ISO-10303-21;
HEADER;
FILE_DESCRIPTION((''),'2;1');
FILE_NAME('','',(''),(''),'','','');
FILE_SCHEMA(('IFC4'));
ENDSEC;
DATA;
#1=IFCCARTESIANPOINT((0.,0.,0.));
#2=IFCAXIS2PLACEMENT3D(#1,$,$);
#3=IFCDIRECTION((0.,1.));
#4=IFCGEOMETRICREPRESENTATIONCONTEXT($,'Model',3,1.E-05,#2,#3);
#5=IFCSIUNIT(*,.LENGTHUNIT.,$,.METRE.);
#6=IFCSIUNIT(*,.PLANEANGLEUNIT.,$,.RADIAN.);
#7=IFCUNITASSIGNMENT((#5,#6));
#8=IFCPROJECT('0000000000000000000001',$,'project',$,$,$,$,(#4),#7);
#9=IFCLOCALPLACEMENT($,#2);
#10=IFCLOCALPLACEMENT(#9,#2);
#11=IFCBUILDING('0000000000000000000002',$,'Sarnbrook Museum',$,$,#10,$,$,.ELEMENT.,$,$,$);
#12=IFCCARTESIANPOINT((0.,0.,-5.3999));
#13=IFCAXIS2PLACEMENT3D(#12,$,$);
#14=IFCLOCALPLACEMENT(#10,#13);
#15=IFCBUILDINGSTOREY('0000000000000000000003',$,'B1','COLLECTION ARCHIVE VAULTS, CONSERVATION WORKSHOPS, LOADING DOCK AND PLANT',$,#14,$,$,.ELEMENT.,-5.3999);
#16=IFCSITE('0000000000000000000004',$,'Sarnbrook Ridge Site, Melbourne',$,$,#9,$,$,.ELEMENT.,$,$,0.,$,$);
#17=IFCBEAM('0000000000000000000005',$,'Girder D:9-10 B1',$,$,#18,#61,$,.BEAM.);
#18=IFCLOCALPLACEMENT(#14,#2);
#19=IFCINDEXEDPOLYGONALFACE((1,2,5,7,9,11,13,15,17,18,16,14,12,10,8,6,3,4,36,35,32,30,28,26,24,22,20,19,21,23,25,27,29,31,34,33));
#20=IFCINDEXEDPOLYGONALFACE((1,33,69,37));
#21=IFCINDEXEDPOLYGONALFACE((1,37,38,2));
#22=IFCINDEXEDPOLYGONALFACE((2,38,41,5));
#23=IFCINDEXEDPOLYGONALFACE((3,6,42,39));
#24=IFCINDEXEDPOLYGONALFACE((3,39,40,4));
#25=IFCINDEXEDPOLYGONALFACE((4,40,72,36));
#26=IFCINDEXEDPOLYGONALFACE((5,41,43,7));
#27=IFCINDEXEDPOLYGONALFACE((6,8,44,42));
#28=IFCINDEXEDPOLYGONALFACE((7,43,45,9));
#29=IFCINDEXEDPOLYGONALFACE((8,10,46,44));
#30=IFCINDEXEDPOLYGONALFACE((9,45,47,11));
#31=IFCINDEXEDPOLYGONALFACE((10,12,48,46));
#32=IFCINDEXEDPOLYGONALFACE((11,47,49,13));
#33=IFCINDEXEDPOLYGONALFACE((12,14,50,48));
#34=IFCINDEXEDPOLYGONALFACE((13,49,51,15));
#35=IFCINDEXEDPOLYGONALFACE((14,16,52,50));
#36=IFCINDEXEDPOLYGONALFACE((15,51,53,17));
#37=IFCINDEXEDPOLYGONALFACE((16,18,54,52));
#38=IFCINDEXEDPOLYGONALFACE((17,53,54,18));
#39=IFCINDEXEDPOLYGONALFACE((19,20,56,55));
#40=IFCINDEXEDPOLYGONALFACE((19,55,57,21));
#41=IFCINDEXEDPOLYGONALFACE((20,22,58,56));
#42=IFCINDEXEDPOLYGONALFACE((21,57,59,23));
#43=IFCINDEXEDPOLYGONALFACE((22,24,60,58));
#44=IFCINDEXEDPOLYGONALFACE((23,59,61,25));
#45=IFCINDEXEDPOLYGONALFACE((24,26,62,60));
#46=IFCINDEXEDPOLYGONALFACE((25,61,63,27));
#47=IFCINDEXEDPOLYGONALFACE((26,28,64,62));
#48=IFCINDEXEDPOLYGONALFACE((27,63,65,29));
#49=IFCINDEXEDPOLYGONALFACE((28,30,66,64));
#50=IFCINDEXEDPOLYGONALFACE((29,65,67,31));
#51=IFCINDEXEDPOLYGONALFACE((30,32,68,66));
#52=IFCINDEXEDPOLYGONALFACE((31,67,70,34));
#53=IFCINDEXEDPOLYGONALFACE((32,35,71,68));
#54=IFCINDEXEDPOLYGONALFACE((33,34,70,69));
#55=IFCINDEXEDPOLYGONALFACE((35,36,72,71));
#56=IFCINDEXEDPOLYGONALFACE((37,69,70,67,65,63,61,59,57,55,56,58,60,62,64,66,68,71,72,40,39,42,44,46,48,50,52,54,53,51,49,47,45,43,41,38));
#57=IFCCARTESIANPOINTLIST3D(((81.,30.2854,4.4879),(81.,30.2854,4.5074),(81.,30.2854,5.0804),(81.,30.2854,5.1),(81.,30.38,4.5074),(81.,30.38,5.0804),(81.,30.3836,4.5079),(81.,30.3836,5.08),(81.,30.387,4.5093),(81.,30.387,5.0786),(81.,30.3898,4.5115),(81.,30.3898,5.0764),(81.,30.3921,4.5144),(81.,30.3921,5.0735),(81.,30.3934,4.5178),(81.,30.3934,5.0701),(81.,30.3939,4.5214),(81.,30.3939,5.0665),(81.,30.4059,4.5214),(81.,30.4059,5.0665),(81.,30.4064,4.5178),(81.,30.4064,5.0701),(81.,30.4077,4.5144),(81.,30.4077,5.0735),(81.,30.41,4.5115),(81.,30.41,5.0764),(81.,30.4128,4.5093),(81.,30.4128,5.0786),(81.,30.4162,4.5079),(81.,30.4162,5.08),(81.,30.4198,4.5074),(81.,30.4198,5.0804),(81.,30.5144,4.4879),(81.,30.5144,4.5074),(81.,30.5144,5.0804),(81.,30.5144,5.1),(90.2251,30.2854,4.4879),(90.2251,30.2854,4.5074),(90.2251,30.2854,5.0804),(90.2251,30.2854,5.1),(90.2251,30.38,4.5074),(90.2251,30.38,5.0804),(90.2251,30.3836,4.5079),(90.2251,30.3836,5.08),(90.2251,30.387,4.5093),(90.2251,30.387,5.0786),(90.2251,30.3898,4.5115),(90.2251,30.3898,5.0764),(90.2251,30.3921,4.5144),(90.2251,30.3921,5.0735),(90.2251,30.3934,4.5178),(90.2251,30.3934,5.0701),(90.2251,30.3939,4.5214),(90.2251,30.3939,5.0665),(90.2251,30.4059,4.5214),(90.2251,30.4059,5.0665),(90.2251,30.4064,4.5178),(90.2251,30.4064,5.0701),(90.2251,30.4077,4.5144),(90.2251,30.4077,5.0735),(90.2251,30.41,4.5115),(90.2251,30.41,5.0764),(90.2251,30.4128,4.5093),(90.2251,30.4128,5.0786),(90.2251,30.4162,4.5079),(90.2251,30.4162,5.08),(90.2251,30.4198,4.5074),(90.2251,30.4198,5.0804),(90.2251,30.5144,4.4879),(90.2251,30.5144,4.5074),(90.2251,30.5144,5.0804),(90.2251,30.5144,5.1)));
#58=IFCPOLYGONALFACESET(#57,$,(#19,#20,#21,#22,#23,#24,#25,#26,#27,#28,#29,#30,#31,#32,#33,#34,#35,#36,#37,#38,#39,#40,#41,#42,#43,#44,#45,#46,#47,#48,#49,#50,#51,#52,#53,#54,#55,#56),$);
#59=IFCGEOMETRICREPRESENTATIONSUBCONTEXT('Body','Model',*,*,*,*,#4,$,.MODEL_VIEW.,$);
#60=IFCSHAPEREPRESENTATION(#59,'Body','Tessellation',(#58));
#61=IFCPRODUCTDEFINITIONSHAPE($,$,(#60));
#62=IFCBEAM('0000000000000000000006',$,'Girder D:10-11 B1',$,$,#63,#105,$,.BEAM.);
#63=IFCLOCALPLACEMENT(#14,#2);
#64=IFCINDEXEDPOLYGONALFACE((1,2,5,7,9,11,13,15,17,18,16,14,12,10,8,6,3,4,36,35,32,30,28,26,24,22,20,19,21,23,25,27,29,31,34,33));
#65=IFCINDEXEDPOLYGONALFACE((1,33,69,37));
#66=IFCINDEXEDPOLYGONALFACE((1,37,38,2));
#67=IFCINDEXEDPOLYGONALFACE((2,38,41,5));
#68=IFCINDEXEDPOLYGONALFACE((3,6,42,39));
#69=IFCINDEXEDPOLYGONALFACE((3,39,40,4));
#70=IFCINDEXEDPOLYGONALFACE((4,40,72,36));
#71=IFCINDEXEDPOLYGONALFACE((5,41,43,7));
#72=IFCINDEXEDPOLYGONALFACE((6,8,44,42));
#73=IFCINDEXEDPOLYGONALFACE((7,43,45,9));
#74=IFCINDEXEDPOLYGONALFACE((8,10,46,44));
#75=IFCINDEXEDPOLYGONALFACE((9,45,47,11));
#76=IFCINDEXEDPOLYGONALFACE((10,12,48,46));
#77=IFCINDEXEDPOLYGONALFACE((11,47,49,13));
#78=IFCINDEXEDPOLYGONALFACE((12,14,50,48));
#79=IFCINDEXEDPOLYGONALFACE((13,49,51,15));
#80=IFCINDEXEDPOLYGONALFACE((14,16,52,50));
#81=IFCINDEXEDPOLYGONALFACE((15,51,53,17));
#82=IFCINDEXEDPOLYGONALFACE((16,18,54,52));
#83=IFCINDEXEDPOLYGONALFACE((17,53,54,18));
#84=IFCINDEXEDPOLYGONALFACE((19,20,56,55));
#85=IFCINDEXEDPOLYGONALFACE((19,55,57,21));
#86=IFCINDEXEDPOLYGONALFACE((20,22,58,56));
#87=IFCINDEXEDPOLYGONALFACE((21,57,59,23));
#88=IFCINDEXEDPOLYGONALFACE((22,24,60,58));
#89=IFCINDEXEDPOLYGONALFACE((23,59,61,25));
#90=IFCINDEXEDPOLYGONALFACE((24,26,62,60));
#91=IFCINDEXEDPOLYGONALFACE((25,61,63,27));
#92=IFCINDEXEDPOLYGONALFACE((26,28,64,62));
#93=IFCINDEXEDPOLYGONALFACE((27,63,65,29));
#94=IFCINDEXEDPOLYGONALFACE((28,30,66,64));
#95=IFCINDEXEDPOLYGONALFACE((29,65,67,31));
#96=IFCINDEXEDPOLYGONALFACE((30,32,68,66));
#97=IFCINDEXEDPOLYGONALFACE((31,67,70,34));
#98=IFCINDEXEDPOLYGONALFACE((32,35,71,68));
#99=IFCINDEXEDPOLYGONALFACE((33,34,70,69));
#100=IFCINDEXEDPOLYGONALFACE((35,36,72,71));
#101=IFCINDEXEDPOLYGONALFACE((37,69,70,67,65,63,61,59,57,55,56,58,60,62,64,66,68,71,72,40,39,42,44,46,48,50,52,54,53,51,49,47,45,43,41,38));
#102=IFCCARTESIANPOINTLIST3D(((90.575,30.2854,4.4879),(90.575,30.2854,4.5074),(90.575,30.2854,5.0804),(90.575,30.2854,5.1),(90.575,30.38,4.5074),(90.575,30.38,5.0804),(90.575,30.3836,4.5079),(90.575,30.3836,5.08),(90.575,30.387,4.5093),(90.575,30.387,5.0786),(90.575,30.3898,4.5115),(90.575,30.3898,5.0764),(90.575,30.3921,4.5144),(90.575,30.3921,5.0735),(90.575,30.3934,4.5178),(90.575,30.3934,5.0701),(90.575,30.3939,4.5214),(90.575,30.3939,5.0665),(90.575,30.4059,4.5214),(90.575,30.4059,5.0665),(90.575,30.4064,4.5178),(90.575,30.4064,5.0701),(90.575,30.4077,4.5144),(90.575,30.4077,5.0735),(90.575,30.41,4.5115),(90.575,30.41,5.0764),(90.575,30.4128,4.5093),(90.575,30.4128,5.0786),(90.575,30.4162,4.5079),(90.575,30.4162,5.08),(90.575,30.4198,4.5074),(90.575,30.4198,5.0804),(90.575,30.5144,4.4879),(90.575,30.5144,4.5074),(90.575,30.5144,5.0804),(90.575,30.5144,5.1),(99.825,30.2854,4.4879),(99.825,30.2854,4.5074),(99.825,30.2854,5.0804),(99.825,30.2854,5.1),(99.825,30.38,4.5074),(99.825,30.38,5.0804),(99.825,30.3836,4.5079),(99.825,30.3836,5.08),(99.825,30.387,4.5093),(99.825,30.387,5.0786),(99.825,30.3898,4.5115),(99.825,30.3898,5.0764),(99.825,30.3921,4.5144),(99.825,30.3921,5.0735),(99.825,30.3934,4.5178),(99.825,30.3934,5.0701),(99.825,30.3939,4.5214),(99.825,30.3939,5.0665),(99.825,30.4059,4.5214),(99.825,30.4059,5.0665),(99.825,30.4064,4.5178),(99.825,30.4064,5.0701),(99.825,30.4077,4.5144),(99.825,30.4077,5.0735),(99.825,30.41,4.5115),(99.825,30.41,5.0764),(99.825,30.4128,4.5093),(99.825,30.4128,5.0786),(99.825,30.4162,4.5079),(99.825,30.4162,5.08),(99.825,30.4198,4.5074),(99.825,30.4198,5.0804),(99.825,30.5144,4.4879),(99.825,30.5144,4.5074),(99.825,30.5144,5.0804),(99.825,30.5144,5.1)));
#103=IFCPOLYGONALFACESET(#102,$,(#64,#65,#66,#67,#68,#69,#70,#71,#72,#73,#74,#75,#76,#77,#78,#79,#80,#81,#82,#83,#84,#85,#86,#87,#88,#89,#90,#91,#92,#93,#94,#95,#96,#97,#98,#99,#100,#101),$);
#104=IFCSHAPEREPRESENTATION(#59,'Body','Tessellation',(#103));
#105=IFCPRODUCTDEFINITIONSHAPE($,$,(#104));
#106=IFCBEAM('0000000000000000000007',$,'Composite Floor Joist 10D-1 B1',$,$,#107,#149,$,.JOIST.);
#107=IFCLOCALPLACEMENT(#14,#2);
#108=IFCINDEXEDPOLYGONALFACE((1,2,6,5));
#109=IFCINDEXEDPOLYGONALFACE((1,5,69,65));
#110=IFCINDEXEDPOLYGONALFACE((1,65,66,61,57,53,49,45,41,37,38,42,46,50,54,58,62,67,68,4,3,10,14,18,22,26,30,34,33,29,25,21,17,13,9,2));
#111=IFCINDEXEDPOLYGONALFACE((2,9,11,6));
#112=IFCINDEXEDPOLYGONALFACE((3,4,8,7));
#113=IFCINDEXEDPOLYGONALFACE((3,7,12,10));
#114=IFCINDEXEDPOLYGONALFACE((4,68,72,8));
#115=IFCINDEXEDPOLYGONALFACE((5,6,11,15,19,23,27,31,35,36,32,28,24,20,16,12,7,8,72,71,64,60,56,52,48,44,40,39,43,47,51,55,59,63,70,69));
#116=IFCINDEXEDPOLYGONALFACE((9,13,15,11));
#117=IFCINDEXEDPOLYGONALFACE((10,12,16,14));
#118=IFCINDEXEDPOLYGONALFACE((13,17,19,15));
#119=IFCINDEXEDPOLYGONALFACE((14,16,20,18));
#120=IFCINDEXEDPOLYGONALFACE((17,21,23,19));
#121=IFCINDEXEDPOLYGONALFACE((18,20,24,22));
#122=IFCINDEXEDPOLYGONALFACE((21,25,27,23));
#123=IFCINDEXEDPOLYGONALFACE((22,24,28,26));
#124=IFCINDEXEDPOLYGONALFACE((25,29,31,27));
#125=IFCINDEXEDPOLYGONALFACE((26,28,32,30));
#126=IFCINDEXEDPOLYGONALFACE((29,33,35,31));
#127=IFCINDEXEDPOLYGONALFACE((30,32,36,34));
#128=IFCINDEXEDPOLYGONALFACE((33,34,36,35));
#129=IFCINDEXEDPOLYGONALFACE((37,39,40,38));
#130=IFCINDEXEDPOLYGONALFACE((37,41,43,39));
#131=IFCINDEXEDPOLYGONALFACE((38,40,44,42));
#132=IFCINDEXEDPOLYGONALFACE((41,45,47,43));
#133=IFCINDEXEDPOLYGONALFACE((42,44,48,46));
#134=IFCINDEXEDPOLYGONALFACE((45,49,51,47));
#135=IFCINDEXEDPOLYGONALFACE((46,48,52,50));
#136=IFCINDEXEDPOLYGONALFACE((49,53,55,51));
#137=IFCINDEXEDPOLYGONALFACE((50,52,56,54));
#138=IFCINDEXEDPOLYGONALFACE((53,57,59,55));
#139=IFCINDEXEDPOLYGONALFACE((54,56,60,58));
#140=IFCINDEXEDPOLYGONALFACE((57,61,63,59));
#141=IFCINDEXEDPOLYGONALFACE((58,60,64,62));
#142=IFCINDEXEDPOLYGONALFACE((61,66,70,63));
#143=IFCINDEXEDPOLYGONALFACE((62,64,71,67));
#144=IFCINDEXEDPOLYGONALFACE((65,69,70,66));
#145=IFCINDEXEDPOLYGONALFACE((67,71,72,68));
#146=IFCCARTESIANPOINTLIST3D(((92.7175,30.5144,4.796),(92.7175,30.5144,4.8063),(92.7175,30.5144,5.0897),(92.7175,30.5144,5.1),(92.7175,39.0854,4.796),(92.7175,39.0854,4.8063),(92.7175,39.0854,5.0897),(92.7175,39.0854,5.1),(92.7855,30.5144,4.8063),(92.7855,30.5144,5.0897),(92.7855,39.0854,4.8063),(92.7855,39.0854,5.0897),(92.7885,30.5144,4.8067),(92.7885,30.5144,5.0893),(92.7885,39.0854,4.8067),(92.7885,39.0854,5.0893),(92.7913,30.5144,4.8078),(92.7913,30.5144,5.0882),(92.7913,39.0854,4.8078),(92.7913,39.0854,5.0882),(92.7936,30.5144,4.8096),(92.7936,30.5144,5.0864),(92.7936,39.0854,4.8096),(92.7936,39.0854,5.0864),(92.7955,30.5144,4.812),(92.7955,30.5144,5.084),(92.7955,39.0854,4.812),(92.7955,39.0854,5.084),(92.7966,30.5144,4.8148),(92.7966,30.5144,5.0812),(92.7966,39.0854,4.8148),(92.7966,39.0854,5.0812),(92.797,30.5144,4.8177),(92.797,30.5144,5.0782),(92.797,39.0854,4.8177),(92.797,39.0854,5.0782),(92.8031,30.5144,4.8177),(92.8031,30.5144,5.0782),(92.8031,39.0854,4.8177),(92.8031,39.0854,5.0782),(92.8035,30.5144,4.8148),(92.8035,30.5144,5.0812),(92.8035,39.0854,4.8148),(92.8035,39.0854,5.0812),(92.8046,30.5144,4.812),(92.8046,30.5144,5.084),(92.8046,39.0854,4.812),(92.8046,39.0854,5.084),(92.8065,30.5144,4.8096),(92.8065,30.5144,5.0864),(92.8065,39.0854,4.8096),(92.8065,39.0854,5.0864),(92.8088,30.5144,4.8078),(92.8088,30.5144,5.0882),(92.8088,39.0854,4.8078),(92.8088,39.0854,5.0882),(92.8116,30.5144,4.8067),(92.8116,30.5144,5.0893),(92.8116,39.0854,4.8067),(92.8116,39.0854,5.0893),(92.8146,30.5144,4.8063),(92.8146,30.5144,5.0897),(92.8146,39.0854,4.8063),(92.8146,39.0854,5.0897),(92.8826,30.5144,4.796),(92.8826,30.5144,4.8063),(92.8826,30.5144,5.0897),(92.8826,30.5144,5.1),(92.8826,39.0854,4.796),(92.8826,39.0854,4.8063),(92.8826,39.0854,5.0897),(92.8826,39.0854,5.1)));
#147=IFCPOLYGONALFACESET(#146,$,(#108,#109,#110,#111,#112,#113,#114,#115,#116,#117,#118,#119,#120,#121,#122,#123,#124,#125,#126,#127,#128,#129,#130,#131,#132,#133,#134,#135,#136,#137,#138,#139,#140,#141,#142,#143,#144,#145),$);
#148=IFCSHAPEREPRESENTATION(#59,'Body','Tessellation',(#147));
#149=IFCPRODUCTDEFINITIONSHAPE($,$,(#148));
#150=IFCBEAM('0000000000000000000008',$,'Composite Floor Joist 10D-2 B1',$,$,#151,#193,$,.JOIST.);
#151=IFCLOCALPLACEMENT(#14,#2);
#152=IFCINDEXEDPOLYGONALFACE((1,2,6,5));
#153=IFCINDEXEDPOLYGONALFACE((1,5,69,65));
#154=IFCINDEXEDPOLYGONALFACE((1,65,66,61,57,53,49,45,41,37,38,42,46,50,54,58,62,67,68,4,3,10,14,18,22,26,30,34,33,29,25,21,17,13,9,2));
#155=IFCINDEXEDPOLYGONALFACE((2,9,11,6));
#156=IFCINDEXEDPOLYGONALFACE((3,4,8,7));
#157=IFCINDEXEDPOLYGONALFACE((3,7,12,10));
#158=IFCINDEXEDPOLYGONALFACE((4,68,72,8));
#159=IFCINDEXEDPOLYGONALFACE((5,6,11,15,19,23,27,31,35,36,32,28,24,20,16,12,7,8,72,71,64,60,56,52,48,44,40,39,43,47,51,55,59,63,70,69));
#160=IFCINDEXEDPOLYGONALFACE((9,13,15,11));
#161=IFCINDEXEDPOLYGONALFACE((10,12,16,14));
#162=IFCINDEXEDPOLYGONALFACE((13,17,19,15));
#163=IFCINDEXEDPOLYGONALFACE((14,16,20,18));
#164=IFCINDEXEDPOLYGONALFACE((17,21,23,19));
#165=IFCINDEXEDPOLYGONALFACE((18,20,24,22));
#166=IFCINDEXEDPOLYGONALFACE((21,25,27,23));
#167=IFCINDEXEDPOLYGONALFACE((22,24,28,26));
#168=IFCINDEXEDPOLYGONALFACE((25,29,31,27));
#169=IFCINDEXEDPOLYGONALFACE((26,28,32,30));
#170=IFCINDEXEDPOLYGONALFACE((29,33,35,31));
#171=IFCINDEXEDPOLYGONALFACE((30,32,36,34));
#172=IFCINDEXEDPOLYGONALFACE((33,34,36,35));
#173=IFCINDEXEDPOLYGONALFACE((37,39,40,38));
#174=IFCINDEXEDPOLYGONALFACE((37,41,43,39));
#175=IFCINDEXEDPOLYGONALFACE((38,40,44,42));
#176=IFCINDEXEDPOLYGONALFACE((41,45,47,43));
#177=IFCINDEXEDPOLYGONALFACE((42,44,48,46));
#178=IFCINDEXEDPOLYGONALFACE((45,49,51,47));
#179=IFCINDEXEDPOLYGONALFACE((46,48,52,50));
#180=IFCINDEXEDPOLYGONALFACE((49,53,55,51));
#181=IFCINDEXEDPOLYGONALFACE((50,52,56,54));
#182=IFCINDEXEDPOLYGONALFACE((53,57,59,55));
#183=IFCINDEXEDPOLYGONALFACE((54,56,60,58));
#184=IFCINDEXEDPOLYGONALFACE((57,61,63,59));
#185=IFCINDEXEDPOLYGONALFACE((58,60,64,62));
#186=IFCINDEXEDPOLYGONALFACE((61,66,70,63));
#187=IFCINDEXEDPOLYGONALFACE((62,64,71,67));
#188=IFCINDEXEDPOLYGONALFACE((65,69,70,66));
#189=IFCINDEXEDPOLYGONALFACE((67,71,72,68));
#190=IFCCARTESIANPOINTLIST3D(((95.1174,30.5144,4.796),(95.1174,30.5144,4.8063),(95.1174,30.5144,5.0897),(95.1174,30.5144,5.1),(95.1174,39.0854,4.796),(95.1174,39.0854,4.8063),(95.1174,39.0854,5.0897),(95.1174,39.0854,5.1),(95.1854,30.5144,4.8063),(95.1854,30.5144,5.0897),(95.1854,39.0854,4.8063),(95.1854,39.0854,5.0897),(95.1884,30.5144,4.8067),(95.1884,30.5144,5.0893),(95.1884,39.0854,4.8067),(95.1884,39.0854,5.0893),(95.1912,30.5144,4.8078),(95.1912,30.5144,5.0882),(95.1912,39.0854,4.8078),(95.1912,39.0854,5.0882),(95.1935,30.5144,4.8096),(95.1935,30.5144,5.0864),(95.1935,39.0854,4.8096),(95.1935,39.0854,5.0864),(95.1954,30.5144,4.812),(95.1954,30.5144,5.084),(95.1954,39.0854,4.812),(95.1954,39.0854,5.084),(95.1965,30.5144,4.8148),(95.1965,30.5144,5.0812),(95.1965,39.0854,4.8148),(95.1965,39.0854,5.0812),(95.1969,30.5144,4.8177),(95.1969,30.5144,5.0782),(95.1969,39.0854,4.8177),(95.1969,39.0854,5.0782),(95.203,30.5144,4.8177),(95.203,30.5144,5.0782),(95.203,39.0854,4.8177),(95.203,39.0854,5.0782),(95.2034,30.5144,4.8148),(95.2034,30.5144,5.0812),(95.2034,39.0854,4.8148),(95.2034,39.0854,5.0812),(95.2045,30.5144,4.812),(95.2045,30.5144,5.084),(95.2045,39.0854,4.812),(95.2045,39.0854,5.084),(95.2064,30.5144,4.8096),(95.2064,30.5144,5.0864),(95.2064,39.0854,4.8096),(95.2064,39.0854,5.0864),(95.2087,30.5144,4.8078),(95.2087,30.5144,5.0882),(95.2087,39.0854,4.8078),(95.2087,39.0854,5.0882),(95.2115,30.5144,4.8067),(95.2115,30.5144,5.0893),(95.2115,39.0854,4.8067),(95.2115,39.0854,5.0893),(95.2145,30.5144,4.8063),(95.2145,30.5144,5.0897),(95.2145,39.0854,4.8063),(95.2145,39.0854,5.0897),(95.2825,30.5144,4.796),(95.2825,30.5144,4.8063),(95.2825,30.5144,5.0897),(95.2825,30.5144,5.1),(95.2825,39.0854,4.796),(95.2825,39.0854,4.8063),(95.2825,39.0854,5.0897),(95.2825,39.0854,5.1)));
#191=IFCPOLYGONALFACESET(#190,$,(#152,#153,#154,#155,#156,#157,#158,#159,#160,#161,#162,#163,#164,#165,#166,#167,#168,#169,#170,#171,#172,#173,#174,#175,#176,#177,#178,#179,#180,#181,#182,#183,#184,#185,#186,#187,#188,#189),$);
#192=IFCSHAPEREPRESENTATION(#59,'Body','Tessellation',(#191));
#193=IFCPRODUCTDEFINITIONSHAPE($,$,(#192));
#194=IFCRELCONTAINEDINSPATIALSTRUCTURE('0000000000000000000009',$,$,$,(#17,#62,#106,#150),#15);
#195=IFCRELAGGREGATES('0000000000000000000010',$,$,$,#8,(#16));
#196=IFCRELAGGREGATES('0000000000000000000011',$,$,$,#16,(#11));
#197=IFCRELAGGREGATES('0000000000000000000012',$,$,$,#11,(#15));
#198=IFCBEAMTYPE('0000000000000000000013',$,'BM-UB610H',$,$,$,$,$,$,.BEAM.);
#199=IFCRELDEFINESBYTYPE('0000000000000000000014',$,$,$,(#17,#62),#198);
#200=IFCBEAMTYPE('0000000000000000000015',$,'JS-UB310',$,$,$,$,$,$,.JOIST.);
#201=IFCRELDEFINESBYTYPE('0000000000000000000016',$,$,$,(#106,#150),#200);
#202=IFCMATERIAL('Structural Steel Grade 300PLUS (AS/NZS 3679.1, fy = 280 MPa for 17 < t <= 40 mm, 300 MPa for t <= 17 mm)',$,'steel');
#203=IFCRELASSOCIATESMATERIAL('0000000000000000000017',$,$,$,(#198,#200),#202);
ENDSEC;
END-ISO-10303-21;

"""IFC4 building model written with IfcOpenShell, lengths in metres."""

from ifc_helpers import new_model, si_unit, direction, frame, origin, origin_2d, place, context, subcontext, project, spatial, i_section, extrude, material, material_profile, profile_set, type_object, element, save


model = new_model("IFC4")

# Units and contexts
model_context = context("Model", 3, precision=1e-05, world=origin(), true_north=direction((0.0, 1.0)))
body_context = subcontext(model_context, "Body", "Model", "MODEL_VIEW")
ifc_project = project(units=[si_unit("LENGTHUNIT", "METRE"), si_unit("PLANEANGLEUNIT", "RADIAN")], contexts=[model_context])

# Site, building, storey
site_placement = place(None, origin())
site = spatial("IfcSite", under=ifc_project, at=site_placement, Name="Sarnbrook Ridge Site, Melbourne", CompositionType="ELEMENT", RefElevation=0.0)
building_placement = place(site_placement, origin())
building = spatial("IfcBuilding", under=site, at=building_placement, Name="Sarnbrook Museum", CompositionType="ELEMENT")
storey_placement = place(building_placement, frame((0.0, 0.0, -5.3999)))
storey = spatial("IfcBuildingStorey", under=building, at=storey_placement, Name="B1", Description="COLLECTION ARCHIVE VAULTS, CONSERVATION WORKSHOPS, LOADING DOCK AND PLANT", CompositionType="ELEMENT", Elevation=-5.3999)

# Beams
ifc_material_1 = material(Name="Structural Steel Grade 300PLUS (AS/NZS 3679.1, fy = 280 MPa for 17 < t <= 40 mm, 300 MPa for t <= 17 mm)", Category="steel")
ifc_material_profile_1 = material_profile(ifc_material_1, i_section(OverallWidth=0.229, OverallDepth=0.6121, WebThickness=0.012, FlangeThickness=0.0195, FilletRadius=0.0139, at=origin_2d()), Name="610UB125")
ifc_profile_set_1 = profile_set([ifc_material_profile_1], Name="Structural Steel Grade 300PLUS (AS/NZS 3679.1, fy = 280 MPa for 17 < t <= 40 mm, 300 MPa for t <= 17 mm)")
beam_type_1 = type_object("IfcBeamType", Name="BM-UB610H", PredefinedType="BEAM", material=ifc_profile_set_1)
beam_1_placement = place(storey_placement, frame((81.0, 30.3999, 4.7939), z_axis=(1.0, 0.0, 0.0), x_axis=(0.0, 1.0, 0.0)))
element("IfcBeam", 1, at=beam_1_placement, inside=storey, type_object=beam_type_1, Name="Girder D:9-10 B1", PredefinedType="BEAM", context=body_context, shape_type="SweptSolid", body=[
    extrude(i_section(OverallWidth=0.229, OverallDepth=0.6121, WebThickness=0.012, FlangeThickness=0.0195, FilletRadius=0.0139, at=origin_2d()), origin(), (0.0, 0.0, 1.0), 9.2251),
])
beam_2_placement = place(storey_placement, frame((90.575, 30.3999, 4.7939), z_axis=(1.0, 0.0, 0.0), x_axis=(0.0, 1.0, 0.0)))
element("IfcBeam", 2, at=beam_2_placement, inside=storey, type_object=beam_type_1, Name="Girder D:10-11 B1", PredefinedType="BEAM", context=body_context, shape_type="SweptSolid", body=[
    extrude(i_section(OverallWidth=0.229, OverallDepth=0.6121, WebThickness=0.012, FlangeThickness=0.0195, FilletRadius=0.0139, at=origin_2d()), origin(), (0.0, 0.0, 1.0), 9.25),
])
ifc_material_profile_2 = material_profile(ifc_material_1, i_section(OverallWidth=0.165, OverallDepth=0.304, WebThickness=0.0061, FlangeThickness=0.0103, FilletRadius=0.0115, at=origin_2d()), Name="310UB40.4")
ifc_profile_set_2 = profile_set([ifc_material_profile_2], Name="Structural Steel Grade 300PLUS (AS/NZS 3679.1, fy = 280 MPa for 17 < t <= 40 mm, 300 MPa for t <= 17 mm)")
beam_type_2 = type_object("IfcBeamType", Name="JS-UB310", PredefinedType="JOIST", material=ifc_profile_set_2)
for number, where, z_axis, x_axis, name in (
    (3, (92.8, 30.5144, 4.948), (0.0, 1.0, 0.0), (-1.0, 0.0, 0.0), "Composite Floor Joist 10D-1 B1"),
    (4, (95.2, 30.5144, 4.948), (0.0, 1.0, 0.0), (-1.0, 0.0, 0.0), "Composite Floor Joist 10D-2 B1"),
):
    element("IfcBeam", number, at=place(storey_placement, frame(where, z_axis=z_axis, x_axis=x_axis)), inside=storey, type_object=beam_type_2, Name=name, PredefinedType="JOIST", context=body_context, shape_type="SweptSolid", body=[
        extrude(i_section(OverallWidth=0.165, OverallDepth=0.304, WebThickness=0.0061, FlangeThickness=0.0103, FilletRadius=0.0115, at=origin_2d()), origin(), (0.0, 0.0, 1.0), 8.571),
    ])

save(model, "model.ifc")
